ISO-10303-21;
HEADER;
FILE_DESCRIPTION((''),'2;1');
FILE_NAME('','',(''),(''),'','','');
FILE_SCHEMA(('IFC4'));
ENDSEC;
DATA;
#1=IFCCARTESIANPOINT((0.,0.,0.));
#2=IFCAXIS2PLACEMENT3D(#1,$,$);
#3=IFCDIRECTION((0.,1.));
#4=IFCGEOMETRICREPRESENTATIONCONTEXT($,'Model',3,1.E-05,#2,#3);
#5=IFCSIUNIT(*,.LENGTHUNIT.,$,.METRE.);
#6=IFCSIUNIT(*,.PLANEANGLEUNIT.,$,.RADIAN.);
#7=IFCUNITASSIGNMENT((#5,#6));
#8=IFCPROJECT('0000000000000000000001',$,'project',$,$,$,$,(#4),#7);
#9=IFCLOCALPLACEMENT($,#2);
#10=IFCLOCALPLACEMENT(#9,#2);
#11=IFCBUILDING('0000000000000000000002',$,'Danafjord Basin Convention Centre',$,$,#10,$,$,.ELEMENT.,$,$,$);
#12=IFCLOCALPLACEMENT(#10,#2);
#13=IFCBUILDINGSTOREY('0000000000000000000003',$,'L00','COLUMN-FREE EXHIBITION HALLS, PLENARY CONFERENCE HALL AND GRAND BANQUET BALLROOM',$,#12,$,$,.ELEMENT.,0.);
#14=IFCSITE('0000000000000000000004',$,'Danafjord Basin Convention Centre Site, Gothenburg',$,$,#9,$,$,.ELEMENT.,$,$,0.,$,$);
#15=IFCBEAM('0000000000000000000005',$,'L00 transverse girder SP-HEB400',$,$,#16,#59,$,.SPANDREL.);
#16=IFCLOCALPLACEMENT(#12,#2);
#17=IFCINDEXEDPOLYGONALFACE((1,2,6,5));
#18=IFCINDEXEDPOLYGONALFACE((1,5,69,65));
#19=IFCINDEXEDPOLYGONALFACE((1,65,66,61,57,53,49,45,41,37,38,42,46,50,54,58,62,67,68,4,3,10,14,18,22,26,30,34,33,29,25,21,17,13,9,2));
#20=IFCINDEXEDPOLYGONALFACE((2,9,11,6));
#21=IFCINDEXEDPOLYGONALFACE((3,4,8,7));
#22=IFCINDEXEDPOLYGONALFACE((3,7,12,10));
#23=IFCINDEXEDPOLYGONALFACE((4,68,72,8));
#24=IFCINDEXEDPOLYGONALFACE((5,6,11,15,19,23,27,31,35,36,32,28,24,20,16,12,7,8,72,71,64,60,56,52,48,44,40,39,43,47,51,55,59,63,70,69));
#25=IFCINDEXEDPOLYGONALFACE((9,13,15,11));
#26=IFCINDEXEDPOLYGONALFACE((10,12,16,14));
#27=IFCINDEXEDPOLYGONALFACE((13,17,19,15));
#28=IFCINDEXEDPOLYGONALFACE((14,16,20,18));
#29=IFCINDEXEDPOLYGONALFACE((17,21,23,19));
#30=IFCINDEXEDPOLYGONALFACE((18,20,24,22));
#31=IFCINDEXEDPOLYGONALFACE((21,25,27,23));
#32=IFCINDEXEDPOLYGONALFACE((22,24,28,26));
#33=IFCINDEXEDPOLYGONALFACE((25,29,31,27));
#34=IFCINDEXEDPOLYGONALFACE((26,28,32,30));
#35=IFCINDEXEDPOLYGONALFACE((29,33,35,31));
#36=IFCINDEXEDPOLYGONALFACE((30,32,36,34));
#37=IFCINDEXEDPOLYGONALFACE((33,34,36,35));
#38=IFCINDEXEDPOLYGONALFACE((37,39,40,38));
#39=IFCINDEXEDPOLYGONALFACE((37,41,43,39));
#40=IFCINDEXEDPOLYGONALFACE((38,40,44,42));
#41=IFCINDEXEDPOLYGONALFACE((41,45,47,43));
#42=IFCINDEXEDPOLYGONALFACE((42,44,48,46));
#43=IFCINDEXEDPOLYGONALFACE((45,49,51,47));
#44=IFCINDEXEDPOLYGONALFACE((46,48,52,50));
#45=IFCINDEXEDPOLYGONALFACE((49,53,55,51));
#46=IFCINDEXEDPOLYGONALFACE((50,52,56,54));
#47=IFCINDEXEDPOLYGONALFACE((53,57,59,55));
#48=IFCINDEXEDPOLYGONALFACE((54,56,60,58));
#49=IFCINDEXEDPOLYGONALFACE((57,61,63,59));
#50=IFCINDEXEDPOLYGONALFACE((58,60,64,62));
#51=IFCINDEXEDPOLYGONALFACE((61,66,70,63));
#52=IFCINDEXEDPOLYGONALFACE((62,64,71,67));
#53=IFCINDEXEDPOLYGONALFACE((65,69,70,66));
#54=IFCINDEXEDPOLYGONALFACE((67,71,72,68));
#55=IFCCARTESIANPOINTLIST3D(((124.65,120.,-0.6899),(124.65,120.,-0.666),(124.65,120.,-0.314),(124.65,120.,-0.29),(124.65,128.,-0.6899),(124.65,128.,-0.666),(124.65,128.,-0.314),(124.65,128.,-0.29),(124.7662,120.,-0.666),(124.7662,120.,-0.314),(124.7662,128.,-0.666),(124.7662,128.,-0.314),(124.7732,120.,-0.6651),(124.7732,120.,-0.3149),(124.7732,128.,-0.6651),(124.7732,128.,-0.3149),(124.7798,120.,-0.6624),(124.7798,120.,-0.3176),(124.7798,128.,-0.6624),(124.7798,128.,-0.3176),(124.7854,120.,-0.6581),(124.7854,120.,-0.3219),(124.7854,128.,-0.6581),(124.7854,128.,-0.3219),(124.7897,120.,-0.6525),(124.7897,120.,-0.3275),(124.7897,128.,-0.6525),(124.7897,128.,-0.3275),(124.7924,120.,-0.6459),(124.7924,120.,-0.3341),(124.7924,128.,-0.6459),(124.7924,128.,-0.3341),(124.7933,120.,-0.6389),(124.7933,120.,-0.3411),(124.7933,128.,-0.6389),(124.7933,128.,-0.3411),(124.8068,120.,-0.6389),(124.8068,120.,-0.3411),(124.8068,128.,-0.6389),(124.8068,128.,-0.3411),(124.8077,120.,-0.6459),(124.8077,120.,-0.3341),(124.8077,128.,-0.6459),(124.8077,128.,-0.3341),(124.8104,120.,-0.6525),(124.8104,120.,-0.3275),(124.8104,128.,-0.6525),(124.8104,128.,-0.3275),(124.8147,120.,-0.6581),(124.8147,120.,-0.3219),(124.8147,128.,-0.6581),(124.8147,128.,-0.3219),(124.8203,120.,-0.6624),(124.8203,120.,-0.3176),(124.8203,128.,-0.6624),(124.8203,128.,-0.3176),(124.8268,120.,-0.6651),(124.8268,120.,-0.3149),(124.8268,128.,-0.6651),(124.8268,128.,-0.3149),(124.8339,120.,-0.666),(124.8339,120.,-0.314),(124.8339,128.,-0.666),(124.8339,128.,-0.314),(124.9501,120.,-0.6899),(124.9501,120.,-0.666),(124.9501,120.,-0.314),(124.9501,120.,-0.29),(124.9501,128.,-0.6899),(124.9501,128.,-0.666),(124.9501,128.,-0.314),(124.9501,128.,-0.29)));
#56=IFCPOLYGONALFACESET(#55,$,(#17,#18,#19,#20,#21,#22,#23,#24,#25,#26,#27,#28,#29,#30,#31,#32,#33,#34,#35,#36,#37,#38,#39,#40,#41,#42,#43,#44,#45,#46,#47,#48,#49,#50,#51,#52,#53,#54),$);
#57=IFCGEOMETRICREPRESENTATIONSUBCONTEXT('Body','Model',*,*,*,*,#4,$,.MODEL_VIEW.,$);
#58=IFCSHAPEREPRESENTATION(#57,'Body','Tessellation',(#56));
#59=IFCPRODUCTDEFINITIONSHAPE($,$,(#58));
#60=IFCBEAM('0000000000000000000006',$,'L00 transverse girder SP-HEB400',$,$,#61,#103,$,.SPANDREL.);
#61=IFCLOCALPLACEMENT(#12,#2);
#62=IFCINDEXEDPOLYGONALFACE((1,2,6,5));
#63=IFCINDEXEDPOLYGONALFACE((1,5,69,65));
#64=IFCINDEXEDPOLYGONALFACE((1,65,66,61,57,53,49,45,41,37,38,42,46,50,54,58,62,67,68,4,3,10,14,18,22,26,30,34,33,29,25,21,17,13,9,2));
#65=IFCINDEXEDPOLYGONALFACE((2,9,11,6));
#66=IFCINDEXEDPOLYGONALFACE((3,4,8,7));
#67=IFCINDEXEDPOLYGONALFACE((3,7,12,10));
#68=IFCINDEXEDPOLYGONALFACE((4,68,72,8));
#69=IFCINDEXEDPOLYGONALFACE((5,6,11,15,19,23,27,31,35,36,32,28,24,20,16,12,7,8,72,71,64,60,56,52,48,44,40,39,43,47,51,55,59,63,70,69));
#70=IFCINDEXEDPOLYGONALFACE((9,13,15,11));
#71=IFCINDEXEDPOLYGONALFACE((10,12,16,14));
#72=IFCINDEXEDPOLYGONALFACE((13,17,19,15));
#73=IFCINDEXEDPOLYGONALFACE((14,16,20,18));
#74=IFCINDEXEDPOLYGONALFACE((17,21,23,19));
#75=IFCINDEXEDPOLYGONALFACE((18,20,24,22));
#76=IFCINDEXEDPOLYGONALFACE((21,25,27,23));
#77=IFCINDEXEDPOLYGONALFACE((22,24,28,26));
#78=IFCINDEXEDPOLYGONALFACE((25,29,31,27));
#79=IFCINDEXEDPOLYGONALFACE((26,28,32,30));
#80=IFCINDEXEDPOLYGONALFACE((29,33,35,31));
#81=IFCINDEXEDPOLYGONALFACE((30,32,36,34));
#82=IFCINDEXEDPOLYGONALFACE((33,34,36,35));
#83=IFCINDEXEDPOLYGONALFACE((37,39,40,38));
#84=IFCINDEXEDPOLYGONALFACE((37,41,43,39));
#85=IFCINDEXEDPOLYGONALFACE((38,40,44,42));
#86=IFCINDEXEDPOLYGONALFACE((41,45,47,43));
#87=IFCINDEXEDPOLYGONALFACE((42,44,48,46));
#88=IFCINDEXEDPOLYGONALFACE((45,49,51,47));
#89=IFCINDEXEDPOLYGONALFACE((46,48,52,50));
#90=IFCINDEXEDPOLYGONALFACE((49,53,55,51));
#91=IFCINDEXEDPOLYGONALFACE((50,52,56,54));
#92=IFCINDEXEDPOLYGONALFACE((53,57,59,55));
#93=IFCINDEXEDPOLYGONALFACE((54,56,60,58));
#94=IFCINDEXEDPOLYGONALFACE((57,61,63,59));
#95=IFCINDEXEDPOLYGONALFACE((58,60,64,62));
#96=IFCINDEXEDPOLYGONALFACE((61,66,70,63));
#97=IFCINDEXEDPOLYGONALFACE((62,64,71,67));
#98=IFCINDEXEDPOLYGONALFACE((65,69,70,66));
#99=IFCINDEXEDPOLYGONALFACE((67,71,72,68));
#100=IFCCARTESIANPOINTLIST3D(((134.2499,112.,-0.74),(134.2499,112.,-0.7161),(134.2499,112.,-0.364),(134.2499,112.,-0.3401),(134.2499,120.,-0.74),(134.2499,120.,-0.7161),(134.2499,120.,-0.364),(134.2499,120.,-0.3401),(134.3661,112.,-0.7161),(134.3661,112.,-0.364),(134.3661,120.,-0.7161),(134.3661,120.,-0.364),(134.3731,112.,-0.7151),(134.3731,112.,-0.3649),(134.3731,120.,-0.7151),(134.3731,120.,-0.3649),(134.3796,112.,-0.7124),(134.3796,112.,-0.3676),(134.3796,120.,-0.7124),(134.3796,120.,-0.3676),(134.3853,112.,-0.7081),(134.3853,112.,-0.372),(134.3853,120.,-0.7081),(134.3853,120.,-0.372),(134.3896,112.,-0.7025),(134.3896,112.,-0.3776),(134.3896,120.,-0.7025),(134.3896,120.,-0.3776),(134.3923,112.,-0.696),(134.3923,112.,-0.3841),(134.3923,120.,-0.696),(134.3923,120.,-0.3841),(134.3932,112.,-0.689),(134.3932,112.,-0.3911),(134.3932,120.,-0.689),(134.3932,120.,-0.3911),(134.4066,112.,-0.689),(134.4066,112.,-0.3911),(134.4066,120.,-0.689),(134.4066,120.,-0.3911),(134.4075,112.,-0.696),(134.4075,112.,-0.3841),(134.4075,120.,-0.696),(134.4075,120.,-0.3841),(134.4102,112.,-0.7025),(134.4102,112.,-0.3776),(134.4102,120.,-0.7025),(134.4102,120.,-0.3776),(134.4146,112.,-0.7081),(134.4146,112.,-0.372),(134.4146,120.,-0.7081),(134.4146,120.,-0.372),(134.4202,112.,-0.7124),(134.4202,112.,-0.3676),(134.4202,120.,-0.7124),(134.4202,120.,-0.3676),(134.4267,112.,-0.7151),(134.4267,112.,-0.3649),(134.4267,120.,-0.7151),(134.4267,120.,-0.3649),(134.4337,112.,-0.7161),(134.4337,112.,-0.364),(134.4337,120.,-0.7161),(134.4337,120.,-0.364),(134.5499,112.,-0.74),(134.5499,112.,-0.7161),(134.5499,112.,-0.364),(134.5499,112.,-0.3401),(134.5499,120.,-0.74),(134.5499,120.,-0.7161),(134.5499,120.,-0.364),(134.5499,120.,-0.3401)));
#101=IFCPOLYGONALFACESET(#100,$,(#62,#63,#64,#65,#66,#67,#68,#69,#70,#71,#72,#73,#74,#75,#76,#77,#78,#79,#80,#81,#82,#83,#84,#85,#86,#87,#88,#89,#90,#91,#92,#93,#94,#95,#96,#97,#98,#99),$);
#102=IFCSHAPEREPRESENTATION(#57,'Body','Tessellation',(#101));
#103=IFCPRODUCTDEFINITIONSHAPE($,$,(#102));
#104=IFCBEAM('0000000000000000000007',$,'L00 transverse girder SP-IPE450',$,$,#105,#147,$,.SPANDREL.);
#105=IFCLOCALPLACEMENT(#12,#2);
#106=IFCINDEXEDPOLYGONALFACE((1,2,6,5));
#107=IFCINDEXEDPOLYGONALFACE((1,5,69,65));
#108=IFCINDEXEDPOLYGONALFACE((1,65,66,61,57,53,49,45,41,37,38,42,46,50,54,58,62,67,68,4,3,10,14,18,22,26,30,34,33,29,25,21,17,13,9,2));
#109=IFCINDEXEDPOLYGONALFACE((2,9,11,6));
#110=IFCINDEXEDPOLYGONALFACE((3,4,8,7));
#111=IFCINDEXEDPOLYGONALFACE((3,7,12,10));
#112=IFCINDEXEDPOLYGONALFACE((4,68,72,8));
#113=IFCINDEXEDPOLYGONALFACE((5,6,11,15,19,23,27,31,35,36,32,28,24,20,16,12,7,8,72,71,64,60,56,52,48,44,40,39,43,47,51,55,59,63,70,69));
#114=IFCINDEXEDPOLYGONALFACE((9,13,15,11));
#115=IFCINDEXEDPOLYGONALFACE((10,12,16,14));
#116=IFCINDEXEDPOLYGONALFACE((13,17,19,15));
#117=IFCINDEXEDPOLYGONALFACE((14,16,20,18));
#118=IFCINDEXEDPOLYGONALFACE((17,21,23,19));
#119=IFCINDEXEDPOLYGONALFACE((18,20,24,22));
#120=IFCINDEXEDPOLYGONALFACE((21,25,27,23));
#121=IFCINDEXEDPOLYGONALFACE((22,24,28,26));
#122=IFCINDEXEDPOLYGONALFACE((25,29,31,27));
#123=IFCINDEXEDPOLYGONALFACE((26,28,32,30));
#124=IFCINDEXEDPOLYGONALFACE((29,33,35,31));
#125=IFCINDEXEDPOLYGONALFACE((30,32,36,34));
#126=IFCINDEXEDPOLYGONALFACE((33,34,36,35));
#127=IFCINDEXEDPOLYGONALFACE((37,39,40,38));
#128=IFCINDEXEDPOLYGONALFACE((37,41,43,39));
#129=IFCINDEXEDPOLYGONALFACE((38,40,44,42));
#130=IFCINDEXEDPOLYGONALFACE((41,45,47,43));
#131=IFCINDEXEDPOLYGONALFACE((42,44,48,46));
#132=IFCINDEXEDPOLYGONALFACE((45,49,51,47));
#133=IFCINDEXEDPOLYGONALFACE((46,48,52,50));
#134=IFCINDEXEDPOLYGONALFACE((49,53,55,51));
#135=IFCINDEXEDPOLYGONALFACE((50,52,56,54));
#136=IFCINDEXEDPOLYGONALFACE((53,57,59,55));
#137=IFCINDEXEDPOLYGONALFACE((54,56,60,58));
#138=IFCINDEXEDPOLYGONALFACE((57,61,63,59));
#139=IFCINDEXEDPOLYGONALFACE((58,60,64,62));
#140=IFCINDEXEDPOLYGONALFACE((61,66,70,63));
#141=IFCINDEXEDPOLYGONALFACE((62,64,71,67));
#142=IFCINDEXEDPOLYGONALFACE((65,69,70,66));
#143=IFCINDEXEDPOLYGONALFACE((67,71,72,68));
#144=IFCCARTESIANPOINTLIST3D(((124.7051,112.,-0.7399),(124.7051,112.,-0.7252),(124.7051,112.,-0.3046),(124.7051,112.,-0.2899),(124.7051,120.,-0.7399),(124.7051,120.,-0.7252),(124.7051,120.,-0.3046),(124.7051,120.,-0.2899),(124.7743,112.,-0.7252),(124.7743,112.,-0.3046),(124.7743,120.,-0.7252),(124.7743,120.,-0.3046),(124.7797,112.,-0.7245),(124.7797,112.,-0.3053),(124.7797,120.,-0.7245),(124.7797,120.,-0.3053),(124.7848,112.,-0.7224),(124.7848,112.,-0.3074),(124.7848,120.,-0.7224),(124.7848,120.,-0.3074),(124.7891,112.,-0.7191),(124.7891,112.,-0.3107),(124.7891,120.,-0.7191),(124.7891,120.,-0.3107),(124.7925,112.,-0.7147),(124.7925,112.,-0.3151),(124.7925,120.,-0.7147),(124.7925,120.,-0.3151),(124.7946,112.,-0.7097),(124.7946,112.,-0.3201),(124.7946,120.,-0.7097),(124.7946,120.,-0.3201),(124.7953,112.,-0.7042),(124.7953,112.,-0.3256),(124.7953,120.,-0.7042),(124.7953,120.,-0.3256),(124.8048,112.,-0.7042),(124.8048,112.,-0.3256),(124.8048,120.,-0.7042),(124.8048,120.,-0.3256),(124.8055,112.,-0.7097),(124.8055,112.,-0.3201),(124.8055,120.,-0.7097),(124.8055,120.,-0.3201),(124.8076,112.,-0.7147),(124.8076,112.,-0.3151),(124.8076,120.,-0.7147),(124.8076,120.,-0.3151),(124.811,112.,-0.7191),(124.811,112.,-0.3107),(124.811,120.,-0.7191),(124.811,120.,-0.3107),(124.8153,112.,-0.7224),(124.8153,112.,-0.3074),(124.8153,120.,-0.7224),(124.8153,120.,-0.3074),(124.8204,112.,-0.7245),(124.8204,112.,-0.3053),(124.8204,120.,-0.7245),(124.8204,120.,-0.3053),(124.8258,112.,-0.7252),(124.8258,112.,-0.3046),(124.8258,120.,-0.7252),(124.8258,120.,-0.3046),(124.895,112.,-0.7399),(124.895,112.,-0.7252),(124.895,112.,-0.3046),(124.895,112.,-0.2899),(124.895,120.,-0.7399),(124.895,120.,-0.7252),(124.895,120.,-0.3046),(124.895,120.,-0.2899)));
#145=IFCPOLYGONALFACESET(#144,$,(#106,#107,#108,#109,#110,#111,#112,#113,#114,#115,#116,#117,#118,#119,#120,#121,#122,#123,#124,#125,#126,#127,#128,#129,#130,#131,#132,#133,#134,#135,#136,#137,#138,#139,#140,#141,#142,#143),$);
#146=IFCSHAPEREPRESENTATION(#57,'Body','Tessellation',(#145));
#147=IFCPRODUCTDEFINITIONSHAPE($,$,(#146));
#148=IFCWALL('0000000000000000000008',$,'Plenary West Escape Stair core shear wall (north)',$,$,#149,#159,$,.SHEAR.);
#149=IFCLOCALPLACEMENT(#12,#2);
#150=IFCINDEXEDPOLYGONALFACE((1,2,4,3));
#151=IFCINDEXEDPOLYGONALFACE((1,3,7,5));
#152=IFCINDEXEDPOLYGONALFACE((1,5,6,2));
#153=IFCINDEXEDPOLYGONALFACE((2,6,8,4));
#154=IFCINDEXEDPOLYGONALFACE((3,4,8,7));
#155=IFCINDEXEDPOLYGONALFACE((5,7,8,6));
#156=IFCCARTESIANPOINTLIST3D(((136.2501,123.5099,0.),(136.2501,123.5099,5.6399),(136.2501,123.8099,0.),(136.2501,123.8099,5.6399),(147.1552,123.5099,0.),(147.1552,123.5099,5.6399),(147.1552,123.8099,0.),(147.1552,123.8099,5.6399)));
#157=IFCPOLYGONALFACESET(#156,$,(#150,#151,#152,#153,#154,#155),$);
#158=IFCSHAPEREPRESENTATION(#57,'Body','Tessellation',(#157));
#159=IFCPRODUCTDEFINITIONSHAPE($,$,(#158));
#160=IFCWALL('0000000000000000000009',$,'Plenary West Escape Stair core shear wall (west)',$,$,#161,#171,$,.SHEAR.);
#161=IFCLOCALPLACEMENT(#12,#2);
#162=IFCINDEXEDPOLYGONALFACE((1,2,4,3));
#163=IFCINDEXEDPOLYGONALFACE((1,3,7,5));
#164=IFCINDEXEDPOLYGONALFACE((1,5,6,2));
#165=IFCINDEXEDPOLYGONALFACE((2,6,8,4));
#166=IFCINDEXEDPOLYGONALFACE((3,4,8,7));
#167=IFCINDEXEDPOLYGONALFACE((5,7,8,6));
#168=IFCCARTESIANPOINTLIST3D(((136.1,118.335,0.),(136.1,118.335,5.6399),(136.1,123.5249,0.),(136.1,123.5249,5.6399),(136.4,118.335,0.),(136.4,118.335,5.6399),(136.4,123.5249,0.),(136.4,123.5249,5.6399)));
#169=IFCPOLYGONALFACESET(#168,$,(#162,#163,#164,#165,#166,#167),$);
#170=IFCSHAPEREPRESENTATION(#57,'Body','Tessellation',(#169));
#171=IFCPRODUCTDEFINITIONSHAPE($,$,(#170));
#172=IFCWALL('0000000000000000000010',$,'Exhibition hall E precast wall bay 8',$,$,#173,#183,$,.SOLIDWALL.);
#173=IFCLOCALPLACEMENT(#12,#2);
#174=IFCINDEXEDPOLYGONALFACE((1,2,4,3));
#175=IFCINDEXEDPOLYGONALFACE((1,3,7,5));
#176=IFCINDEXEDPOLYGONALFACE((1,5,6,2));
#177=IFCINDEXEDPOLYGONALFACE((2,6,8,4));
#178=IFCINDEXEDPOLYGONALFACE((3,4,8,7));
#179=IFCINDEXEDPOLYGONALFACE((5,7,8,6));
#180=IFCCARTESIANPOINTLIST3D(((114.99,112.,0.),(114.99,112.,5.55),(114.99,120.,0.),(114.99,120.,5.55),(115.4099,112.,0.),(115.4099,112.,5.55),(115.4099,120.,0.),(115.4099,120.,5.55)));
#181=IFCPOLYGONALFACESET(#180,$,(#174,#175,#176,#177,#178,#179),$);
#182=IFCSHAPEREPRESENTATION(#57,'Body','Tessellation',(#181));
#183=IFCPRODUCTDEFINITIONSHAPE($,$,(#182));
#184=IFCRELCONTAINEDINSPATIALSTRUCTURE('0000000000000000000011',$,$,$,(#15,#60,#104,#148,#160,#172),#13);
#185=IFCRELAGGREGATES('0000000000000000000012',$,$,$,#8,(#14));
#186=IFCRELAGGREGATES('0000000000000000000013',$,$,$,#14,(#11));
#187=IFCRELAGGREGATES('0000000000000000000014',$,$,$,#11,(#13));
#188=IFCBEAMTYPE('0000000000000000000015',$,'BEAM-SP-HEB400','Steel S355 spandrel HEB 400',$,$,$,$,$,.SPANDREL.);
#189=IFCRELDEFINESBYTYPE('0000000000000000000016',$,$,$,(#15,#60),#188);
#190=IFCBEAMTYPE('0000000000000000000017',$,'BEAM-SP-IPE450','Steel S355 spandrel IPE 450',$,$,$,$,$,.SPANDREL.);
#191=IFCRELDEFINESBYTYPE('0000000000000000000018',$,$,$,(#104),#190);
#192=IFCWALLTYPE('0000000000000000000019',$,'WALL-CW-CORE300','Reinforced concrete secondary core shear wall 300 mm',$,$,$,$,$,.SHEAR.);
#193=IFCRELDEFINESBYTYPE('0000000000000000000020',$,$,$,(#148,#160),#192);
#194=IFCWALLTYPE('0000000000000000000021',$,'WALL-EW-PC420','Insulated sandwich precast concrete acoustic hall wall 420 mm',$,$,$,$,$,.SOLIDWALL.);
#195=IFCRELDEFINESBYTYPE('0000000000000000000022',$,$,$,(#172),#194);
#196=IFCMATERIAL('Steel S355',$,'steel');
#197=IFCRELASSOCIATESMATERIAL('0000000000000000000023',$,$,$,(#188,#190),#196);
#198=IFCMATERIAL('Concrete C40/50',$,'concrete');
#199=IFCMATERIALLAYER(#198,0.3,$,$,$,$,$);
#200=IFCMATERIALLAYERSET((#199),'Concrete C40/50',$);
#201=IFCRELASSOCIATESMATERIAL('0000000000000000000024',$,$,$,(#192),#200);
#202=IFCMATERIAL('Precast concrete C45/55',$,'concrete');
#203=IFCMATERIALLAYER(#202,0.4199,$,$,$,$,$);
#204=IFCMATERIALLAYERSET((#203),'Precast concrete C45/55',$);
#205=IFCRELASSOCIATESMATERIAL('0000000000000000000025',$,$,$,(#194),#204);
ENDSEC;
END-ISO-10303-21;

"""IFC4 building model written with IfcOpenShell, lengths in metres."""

from ifc_helpers import new_model, si_unit, direction, frame, frame_2d, origin, origin_2d, place, context, subcontext, project, spatial, rectangle, i_section, extrude, material, layer, layer_set, material_profile, profile_set, type_object, element, save


model = new_model("IFC4")

# Units and contexts
model_context = context("Model", 3, precision=1e-05, world=origin(), true_north=direction((0.0, 1.0)))
body_context = subcontext(model_context, "Body", "Model", "MODEL_VIEW")
ifc_project = project(units=[si_unit("LENGTHUNIT", "METRE"), si_unit("PLANEANGLEUNIT", "RADIAN")], contexts=[model_context])

# Site, building, storey
site_placement = place(None, origin())
site = spatial("IfcSite", under=ifc_project, at=site_placement, Name="Danafjord Basin Convention Centre Site, Gothenburg", CompositionType="ELEMENT", RefElevation=0.0)
building_placement = place(site_placement, origin())
building = spatial("IfcBuilding", under=site, at=building_placement, Name="Danafjord Basin Convention Centre", CompositionType="ELEMENT")
storey_placement = place(building_placement, origin())
storey = spatial("IfcBuildingStorey", under=building, at=storey_placement, Name="L00", Description="COLUMN-FREE EXHIBITION HALLS, PLENARY CONFERENCE HALL AND GRAND BANQUET BALLROOM", CompositionType="ELEMENT", Elevation=0.0)

# Shared definitions
ifc_material_1 = material(Name="Steel S355", Category="steel")

# Beams
ifc_material_profile_1 = material_profile(ifc_material_1, i_section(OverallWidth=0.3, OverallDepth=0.3999, WebThickness=0.0134, FlangeThickness=0.0239, FilletRadius=0.0271, at=origin_2d()), Name="HEB 400")
ifc_profile_set_1 = profile_set([ifc_material_profile_1], Name="Steel S355")
beam_type_1 = type_object("IfcBeamType", Name="BEAM-SP-HEB400", Description="Steel S355 spandrel HEB 400", PredefinedType="SPANDREL", material=ifc_profile_set_1)
for number, where, z_axis, x_axis, name in (
    (1, (124.8, 120.0, -0.49), (0.0, 1.0, 0.0), (-1.0, 0.0, 0.0), "L00 transverse girder SP-HEB400"),
    (2, (134.3999, 112.0, -0.54), (0.0, 1.0, 0.0), (-1.0, 0.0, 0.0), "L00 transverse girder SP-HEB400"),
):
    element("IfcBeam", number, at=place(storey_placement, frame(where, z_axis=z_axis, x_axis=x_axis)), inside=storey, type_object=beam_type_1, Name=name, PredefinedType="SPANDREL", context=body_context, shape_type="SweptSolid", body=[
        extrude(i_section(OverallWidth=0.3, OverallDepth=0.3999, WebThickness=0.0134, FlangeThickness=0.0239, FilletRadius=0.0271, at=origin_2d()), origin(), (0.0, 0.0, 1.0), 8.0),
    ])
ifc_material_profile_2 = material_profile(ifc_material_1, i_section(OverallWidth=0.1899, OverallDepth=0.45, WebThickness=0.0095, FlangeThickness=0.0146, FilletRadius=0.021, at=origin_2d()), Name="IPE 450")
ifc_profile_set_2 = profile_set([ifc_material_profile_2], Name="Steel S355")
beam_type_2 = type_object("IfcBeamType", Name="BEAM-SP-IPE450", Description="Steel S355 spandrel IPE 450", PredefinedType="SPANDREL", material=ifc_profile_set_2)
beam_1_placement = place(storey_placement, frame((124.8, 112.0, -0.5149), z_axis=(0.0, 1.0, 0.0), x_axis=(-1.0, 0.0, 0.0)))
element("IfcBeam", 3, at=beam_1_placement, inside=storey, type_object=beam_type_2, Name="L00 transverse girder SP-IPE450", PredefinedType="SPANDREL", context=body_context, shape_type="SweptSolid", body=[
    extrude(i_section(OverallWidth=0.1899, OverallDepth=0.45, WebThickness=0.0095, FlangeThickness=0.0146, FilletRadius=0.021, at=origin_2d()), origin(), (0.0, 0.0, 1.0), 8.0),
])

# Walls
ifc_material_2 = material(Name="Concrete C40/50", Category="concrete")
ifc_layer_1 = layer(ifc_material_2, 0.3)
ifc_layer_set_1 = layer_set([ifc_layer_1], Name="Concrete C40/50")
wall_type_1 = type_object("IfcWallType", Name="WALL-CW-CORE300", Description="Reinforced concrete secondary core shear wall 300 mm", PredefinedType="SHEAR", material=ifc_layer_set_1)
wall_1_placement = place(storey_placement, frame((136.25, 123.6599, 0.0), z_axis=(0.0, 0.0, 1.0), x_axis=(1.0, 0.0, 0.0)))
element("IfcWall", 4, at=wall_1_placement, inside=storey, type_object=wall_type_1, Name="Plenary West Escape Stair core shear wall (north)", PredefinedType="SHEAR", context=body_context, shape_type="SweptSolid", body=[
    extrude(rectangle(XDim=10.905, YDim=0.3, at=frame_2d((5.4526, 0.0))), origin(), (0.0, 0.0, 1.0), 5.6399),
])
wall_2_placement = place(storey_placement, frame((136.25, 118.335, 0.0), z_axis=(0.0, 0.0, 1.0), x_axis=(0.0, 1.0, 0.0)))
element("IfcWall", 5, at=wall_2_placement, inside=storey, type_object=wall_type_1, Name="Plenary West Escape Stair core shear wall (west)", PredefinedType="SHEAR", context=body_context, shape_type="SweptSolid", body=[
    extrude(rectangle(XDim=5.1899, YDim=0.3, at=frame_2d((2.595, 0.0))), origin(), (0.0, 0.0, 1.0), 5.6399),
])
ifc_material_3 = material(Name="Precast concrete C45/55", Category="concrete")
ifc_layer_2 = layer(ifc_material_3, 0.4199)
ifc_layer_set_2 = layer_set([ifc_layer_2], Name="Precast concrete C45/55")
wall_type_2 = type_object("IfcWallType", Name="WALL-EW-PC420", Description="Insulated sandwich precast concrete acoustic hall wall 420 mm", PredefinedType="SOLIDWALL", material=ifc_layer_set_2)
wall_3_placement = place(storey_placement, frame((115.2, 112.0, 0.0), z_axis=(0.0, 0.0, 1.0), x_axis=(0.0, 1.0, 0.0)))
element("IfcWall", 6, at=wall_3_placement, inside=storey, type_object=wall_type_2, Name="Exhibition hall E precast wall bay 8", PredefinedType="SOLIDWALL", context=body_context, shape_type="SweptSolid", body=[
    extrude(rectangle(XDim=8.0, YDim=0.4199, at=frame_2d((4.0, 0.0))), origin(), (0.0, 0.0, 1.0), 5.55),
])

save(model, "model.ifc")
